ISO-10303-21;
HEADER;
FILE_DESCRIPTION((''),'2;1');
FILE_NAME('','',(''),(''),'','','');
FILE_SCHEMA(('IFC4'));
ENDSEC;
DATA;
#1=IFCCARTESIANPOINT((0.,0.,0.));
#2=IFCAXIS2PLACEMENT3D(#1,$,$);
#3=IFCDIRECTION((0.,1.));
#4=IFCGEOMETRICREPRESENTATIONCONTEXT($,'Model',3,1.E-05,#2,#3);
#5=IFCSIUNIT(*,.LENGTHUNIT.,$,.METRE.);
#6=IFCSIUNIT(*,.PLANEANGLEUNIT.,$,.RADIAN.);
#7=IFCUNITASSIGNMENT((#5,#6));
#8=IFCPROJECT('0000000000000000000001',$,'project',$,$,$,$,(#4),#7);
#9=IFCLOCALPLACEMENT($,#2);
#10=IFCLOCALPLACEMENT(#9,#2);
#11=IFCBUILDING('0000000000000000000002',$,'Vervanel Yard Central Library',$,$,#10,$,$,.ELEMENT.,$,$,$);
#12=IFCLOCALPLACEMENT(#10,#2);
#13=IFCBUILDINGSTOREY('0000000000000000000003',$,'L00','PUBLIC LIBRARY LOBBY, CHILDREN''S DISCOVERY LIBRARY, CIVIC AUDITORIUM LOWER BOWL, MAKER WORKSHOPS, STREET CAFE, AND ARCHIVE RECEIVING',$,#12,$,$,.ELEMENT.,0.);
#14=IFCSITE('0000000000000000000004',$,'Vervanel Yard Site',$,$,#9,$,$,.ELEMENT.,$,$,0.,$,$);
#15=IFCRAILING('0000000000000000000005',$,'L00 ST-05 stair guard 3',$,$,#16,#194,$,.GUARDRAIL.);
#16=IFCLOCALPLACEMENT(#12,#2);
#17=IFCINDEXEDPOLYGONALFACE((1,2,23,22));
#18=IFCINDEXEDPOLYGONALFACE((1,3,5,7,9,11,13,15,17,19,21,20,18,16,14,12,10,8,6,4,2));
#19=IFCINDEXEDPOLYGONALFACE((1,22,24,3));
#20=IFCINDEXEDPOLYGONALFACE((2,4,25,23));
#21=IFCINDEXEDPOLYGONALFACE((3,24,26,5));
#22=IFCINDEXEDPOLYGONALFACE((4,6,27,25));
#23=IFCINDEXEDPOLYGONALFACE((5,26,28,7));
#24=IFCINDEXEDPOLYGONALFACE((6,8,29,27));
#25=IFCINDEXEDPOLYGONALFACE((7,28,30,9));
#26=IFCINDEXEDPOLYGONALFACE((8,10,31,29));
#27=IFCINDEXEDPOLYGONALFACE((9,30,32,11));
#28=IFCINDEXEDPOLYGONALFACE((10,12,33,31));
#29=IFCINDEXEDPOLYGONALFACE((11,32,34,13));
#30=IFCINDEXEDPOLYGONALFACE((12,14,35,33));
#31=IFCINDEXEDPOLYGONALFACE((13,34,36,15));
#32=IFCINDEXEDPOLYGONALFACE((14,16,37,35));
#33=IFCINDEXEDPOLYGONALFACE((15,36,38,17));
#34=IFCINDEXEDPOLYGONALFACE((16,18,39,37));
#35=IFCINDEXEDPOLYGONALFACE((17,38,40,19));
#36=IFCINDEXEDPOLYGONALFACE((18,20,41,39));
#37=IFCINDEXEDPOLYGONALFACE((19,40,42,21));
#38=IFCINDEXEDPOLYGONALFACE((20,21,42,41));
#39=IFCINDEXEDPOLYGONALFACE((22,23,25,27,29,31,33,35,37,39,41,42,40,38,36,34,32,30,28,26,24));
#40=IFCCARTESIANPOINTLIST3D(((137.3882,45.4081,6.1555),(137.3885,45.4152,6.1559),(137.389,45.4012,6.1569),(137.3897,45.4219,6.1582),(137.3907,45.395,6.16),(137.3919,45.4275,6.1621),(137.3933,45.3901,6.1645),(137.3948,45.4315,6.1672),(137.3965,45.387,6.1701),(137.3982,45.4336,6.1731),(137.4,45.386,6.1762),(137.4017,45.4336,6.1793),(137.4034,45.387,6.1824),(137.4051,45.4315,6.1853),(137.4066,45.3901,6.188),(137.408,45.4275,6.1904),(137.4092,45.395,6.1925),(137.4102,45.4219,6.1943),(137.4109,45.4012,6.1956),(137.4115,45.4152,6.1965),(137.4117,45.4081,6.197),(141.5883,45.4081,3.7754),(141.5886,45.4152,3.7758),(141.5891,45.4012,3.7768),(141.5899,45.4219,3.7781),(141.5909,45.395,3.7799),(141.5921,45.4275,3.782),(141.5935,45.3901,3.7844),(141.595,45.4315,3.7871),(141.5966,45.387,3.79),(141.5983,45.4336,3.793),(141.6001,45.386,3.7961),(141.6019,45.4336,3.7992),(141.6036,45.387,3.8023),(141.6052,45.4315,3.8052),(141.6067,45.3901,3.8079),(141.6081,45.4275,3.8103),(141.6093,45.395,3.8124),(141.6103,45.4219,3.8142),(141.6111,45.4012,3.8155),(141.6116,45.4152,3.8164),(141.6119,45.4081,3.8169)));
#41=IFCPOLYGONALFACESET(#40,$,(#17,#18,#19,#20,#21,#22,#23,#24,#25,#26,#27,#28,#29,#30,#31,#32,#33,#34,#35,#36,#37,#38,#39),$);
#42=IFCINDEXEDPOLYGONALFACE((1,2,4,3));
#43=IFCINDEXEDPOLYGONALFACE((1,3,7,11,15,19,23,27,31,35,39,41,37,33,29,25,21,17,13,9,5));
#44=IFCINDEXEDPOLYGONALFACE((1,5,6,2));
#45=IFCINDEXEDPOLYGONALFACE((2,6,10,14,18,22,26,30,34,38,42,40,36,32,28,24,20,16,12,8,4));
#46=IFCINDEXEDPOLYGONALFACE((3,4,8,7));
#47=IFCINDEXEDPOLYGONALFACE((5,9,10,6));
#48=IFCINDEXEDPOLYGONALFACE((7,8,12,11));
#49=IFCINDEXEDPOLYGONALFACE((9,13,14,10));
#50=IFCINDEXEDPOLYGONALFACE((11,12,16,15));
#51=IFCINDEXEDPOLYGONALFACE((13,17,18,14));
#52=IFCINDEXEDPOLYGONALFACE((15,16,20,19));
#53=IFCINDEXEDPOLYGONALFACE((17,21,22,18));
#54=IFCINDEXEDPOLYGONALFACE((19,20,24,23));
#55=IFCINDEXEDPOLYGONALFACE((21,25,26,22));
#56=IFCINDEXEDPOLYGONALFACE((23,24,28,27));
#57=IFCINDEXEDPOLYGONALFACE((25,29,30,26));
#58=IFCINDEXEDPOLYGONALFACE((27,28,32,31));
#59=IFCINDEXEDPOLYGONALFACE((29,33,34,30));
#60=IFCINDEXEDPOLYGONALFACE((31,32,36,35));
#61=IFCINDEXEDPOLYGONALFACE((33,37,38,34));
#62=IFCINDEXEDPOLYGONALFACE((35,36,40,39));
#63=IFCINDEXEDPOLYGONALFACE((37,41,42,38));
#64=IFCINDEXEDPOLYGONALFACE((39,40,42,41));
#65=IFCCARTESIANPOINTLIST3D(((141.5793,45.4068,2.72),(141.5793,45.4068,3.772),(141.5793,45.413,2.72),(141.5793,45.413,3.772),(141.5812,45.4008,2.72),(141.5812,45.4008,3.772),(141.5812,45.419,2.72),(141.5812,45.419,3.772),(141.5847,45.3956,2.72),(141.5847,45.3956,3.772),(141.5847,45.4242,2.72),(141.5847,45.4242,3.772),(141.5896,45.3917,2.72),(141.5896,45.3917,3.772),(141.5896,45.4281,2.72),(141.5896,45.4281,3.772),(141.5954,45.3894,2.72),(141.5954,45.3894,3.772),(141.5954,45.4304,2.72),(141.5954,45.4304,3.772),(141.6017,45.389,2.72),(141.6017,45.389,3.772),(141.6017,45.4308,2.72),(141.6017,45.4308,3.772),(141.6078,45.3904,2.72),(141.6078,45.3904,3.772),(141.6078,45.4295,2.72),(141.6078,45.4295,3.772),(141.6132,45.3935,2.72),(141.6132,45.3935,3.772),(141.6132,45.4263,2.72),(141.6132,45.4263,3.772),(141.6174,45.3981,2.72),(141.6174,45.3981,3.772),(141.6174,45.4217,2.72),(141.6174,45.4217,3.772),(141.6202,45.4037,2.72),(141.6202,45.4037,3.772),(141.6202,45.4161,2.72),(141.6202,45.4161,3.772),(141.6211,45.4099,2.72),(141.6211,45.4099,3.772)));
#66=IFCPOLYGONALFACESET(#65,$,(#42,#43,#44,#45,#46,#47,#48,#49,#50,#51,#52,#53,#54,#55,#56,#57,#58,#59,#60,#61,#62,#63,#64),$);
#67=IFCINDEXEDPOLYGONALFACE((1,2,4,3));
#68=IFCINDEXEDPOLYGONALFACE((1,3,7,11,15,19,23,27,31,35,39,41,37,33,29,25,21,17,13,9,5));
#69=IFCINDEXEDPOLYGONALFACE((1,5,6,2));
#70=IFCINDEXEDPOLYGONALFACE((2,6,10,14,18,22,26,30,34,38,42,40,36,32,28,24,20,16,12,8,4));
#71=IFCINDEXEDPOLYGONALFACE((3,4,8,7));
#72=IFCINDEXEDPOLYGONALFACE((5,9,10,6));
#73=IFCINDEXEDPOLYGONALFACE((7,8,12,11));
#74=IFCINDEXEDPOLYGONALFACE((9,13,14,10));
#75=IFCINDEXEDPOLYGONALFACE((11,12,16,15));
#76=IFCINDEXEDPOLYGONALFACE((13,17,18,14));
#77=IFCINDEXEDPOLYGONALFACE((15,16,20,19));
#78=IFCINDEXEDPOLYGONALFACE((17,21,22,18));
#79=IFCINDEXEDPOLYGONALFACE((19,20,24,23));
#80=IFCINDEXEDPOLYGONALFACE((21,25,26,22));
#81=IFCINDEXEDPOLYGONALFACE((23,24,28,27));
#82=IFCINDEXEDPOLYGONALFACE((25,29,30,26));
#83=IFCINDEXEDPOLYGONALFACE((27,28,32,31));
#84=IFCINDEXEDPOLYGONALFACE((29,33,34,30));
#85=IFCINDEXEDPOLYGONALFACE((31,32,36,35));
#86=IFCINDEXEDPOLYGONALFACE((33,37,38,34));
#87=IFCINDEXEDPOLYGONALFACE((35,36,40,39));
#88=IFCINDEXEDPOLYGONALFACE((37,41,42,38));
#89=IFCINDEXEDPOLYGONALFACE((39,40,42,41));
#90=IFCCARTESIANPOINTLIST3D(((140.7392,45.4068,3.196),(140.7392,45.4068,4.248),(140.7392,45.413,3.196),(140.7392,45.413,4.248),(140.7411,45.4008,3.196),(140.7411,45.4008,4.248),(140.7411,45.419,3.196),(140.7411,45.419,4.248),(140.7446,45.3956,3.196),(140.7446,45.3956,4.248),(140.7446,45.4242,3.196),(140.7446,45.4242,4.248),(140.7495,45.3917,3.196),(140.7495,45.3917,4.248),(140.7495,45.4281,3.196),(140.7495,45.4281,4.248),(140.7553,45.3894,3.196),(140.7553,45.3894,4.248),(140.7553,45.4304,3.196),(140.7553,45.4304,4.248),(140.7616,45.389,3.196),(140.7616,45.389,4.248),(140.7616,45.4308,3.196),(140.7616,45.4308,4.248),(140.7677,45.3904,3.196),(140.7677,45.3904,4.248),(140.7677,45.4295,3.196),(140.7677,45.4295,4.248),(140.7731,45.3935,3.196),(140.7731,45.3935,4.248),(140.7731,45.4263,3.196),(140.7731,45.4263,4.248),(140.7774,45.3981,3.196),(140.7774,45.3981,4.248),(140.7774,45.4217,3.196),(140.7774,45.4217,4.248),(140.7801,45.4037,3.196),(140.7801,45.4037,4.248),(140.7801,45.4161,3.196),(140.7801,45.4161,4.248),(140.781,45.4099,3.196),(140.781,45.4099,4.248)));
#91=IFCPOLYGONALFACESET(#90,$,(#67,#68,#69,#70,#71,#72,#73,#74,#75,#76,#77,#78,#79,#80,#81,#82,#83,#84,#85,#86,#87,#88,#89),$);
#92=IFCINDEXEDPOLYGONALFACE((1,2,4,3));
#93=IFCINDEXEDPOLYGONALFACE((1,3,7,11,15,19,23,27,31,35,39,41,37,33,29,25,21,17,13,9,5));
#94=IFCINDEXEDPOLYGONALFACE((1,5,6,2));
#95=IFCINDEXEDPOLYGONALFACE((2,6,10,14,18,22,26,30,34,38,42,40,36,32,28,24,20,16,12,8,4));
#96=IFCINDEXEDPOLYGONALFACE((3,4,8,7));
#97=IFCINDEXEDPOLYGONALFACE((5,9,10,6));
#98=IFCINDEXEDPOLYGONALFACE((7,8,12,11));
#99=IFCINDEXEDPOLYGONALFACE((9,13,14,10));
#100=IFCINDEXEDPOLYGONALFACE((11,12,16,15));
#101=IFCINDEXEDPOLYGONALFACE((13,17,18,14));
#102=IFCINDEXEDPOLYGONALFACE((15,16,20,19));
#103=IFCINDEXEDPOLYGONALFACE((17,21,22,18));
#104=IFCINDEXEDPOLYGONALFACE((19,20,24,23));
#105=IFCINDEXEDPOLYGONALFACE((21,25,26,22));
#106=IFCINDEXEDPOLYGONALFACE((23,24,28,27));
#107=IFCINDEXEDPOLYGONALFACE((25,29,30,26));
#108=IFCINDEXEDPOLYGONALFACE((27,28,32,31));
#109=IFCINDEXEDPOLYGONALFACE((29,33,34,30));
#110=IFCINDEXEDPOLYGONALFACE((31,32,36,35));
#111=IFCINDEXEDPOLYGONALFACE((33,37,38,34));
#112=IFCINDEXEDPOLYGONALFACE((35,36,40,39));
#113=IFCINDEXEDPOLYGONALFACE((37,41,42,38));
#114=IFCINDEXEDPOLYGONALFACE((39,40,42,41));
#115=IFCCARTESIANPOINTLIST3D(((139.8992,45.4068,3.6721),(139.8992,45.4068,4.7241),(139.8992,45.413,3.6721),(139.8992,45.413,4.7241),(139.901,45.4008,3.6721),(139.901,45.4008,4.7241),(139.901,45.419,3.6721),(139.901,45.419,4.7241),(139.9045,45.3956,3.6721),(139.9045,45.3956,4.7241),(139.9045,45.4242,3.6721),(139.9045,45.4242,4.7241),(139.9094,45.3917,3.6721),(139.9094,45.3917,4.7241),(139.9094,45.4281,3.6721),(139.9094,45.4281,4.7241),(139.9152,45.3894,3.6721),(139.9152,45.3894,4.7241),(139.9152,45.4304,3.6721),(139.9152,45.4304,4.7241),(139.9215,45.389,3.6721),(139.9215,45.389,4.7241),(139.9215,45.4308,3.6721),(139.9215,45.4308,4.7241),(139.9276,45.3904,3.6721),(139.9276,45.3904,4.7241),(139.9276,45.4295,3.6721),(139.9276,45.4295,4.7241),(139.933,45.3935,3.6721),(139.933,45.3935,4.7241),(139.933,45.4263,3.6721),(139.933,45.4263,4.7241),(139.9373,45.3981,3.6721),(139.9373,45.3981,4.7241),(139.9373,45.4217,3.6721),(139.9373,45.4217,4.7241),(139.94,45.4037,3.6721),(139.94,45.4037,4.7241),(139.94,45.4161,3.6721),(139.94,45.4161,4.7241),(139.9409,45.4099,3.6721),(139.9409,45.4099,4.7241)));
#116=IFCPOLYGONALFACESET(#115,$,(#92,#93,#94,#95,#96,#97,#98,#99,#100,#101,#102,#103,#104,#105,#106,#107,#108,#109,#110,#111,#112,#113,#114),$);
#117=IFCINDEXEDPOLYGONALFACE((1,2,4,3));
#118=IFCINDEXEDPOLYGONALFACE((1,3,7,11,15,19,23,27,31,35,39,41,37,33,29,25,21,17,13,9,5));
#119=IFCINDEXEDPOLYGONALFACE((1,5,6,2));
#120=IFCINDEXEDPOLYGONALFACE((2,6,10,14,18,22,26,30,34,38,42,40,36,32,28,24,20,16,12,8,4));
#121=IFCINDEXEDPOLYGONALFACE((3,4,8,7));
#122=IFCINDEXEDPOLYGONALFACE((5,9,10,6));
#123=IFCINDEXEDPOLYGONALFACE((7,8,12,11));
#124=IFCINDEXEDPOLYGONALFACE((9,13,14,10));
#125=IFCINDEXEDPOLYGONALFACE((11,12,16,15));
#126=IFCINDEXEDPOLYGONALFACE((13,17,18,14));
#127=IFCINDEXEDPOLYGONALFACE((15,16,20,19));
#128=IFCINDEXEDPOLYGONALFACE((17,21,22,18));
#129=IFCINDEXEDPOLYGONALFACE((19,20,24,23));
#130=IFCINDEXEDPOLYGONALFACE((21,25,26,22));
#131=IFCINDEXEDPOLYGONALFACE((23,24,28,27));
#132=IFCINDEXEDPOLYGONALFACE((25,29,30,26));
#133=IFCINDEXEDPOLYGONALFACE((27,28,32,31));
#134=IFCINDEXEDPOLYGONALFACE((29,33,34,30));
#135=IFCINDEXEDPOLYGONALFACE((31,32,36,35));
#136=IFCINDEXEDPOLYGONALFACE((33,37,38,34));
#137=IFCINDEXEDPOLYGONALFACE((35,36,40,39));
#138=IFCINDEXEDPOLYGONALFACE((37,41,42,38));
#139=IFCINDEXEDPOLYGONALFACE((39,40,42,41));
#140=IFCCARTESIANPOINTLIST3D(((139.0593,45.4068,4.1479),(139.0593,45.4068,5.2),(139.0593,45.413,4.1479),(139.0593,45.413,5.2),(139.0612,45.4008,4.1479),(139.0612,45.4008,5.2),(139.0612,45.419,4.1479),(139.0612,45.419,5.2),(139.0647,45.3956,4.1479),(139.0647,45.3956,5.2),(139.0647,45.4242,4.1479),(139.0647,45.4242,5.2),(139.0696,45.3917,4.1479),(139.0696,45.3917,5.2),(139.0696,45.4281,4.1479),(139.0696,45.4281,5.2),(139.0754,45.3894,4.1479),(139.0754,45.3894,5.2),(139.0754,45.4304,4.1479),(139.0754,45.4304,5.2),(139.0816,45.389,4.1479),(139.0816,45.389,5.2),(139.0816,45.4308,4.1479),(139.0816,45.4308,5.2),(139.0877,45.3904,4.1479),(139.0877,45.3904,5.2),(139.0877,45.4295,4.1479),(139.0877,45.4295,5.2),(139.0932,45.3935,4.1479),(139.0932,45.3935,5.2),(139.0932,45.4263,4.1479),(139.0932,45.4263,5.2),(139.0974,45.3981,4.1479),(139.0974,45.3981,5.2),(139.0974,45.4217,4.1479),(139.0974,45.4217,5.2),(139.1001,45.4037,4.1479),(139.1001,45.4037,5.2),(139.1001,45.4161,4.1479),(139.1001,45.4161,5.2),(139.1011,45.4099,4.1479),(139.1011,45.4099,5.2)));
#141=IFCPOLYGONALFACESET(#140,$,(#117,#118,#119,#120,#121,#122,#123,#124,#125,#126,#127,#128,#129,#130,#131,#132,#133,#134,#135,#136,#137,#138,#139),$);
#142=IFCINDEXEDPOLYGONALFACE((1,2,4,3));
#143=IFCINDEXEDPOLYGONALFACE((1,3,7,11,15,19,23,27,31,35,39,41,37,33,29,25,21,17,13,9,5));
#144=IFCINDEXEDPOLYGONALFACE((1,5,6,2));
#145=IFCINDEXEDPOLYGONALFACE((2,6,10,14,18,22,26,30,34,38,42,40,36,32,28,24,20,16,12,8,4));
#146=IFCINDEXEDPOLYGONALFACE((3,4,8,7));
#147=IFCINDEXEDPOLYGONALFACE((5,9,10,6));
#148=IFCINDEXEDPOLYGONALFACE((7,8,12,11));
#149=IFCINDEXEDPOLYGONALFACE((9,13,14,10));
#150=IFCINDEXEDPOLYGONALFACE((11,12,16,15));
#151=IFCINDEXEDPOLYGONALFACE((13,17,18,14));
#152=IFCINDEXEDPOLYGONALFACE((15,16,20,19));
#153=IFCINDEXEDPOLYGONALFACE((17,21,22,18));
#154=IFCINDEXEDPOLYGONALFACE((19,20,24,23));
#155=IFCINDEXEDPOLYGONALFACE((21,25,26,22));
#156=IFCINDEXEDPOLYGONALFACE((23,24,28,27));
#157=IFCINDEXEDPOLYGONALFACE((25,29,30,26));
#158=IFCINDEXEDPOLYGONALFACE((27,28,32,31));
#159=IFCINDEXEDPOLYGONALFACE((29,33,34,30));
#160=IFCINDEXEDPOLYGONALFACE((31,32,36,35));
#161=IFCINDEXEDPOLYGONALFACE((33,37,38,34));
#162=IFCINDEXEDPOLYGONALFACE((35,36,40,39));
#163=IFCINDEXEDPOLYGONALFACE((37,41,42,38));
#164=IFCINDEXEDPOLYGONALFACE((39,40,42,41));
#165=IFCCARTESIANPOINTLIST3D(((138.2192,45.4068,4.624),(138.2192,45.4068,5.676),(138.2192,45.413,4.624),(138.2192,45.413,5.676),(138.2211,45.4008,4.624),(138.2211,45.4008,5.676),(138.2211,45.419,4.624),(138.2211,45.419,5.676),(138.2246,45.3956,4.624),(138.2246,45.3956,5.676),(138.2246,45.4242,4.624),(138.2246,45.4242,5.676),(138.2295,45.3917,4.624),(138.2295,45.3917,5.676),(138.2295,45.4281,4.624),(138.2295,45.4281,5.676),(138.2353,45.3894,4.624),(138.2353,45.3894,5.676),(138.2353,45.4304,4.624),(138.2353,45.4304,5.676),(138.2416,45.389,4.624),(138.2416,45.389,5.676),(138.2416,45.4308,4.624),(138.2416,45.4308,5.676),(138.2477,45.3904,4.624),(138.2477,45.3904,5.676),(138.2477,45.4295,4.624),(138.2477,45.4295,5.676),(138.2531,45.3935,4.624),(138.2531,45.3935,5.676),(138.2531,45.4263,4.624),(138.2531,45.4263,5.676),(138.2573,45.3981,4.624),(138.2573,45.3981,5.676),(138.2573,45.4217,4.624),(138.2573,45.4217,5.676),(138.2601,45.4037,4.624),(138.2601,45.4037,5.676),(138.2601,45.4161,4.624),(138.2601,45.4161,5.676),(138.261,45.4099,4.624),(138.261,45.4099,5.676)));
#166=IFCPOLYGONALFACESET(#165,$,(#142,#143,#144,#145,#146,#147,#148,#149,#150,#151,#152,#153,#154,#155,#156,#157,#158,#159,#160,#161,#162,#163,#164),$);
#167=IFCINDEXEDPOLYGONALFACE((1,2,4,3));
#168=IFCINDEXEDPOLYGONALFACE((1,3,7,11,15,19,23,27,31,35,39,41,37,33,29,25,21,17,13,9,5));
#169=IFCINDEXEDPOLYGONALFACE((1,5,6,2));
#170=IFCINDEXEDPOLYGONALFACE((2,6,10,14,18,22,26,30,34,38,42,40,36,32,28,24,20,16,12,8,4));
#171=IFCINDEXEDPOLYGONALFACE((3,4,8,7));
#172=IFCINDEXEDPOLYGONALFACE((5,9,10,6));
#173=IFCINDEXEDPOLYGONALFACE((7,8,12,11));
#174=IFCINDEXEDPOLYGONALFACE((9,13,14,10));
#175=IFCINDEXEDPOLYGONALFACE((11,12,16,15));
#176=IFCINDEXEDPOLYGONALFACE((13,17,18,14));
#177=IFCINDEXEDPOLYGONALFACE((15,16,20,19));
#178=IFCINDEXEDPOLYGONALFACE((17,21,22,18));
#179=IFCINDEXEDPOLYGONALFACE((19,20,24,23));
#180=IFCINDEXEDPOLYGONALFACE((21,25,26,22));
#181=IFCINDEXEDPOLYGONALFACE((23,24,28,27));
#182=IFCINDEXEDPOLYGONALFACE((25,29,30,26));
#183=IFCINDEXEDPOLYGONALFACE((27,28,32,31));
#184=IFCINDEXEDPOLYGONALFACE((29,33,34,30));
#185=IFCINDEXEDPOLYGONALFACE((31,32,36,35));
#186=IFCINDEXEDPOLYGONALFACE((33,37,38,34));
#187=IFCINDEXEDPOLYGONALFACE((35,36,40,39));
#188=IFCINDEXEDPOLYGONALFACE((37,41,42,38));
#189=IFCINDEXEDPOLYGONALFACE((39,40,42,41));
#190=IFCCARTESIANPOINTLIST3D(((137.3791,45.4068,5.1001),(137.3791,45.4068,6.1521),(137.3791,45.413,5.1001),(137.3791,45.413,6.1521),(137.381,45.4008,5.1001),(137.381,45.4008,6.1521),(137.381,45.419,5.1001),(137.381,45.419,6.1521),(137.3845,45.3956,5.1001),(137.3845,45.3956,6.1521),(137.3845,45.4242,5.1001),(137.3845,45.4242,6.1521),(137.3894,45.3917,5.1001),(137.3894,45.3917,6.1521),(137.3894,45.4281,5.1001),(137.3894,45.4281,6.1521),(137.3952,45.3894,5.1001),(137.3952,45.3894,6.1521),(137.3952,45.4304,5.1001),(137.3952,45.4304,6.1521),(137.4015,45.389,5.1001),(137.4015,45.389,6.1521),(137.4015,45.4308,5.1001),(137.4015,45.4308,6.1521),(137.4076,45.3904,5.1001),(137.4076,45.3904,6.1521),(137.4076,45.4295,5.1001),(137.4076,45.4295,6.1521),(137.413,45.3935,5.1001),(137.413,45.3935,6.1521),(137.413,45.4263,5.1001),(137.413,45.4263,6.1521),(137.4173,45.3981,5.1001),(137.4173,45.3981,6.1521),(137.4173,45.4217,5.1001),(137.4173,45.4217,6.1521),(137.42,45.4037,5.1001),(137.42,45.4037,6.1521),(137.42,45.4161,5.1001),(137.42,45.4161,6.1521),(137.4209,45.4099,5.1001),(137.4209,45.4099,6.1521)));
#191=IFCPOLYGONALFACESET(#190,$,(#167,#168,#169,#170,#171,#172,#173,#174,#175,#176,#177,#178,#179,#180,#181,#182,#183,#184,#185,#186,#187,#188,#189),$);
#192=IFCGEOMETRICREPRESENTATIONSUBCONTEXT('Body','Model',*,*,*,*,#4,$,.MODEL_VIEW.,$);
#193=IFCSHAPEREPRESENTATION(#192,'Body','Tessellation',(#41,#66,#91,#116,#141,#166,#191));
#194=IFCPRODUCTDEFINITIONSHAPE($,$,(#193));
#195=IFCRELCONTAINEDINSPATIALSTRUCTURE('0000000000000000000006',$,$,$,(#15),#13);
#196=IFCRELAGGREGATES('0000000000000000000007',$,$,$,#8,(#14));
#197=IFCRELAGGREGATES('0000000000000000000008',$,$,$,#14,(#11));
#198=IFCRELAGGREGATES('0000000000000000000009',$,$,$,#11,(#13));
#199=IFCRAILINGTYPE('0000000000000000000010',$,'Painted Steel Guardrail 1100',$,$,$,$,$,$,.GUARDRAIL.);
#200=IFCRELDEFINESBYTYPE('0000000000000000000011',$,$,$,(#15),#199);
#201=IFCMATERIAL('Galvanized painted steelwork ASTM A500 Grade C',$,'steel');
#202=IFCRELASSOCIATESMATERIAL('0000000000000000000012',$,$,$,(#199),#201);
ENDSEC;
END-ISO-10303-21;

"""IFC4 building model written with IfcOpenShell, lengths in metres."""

from ifc_helpers import new_model, si_unit, direction, frame, origin, origin_2d, place, context, subcontext, project, spatial, circle, extrude, material, type_object, element, save


model = new_model("IFC4")

# Units and contexts
model_context = context("Model", 3, precision=1e-05, world=origin(), true_north=direction((0.0, 1.0)))
body_context = subcontext(model_context, "Body", "Model", "MODEL_VIEW")
ifc_project = project(units=[si_unit("LENGTHUNIT", "METRE"), si_unit("PLANEANGLEUNIT", "RADIAN")], contexts=[model_context])

# Site, building, storey
site_placement = place(None, origin())
site = spatial("IfcSite", under=ifc_project, at=site_placement, Name="Vervanel Yard Site", CompositionType="ELEMENT", RefElevation=0.0)
building_placement = place(site_placement, origin())
building = spatial("IfcBuilding", under=site, at=building_placement, Name="Vervanel Yard Central Library", CompositionType="ELEMENT")
storey_placement = place(building_placement, origin())
storey = spatial("IfcBuildingStorey", under=building, at=storey_placement, Name="L00", Description="PUBLIC LIBRARY LOBBY, CHILDREN'S DISCOVERY LIBRARY, CIVIC AUDITORIUM LOWER BOWL, MAKER WORKSHOPS, STREET CAFE, AND ARCHIVE RECEIVING", CompositionType="ELEMENT", Elevation=0.0)

# Shared definitions
ifc_material_1 = material(Name="Galvanized painted steelwork ASTM A500 Grade C", Category="steel")

# Railing
railing_type_1 = type_object("IfcRailingType", Name="Painted Steel Guardrail 1100", PredefinedType="GUARDRAIL", material=ifc_material_1)
railing_1_placement = place(storey_placement, frame((141.6001, 45.4099, 2.72)))
element("IfcRailing", 1, at=railing_1_placement, inside=storey, type_object=railing_type_1, Name="L00 ST-05 stair guard 3", PredefinedType="GUARDRAIL", context=body_context, shape_type="SweptSolid", body=[
    extrude(circle(Radius=0.0239, at=origin_2d()), frame((0.0, 0.0, 1.0762), z_axis=(-0.870021, 0.0, 0.493015), x_axis=(0.0, -1.0, 0.0)), (0.0, 0.0, 1.0), 4.8276),
    extrude(circle(Radius=0.021, at=origin_2d()), origin(), (0.0, 0.0, 1.0), 1.052),
    extrude(circle(Radius=0.021, at=origin_2d()), frame((-0.8401, 0.0, 0.4761)), (0.0, 0.0, 1.0), 1.052),
    extrude(circle(Radius=0.021, at=origin_2d()), frame((-1.6802, 0.0, 0.9521)), (0.0, 0.0, 1.0), 1.052),
    extrude(circle(Radius=0.021, at=origin_2d()), frame((-2.52, 0.0, 1.428)), (0.0, 0.0, 1.0), 1.052),
    extrude(circle(Radius=0.021, at=origin_2d()), frame((-3.3601, 0.0, 1.9041)), (0.0, 0.0, 1.0), 1.052),
    extrude(circle(Radius=0.021, at=origin_2d()), frame((-4.2002, 0.0, 2.3801)), (0.0, 0.0, 1.0), 1.052),
])

save(model, "model.ifc")
